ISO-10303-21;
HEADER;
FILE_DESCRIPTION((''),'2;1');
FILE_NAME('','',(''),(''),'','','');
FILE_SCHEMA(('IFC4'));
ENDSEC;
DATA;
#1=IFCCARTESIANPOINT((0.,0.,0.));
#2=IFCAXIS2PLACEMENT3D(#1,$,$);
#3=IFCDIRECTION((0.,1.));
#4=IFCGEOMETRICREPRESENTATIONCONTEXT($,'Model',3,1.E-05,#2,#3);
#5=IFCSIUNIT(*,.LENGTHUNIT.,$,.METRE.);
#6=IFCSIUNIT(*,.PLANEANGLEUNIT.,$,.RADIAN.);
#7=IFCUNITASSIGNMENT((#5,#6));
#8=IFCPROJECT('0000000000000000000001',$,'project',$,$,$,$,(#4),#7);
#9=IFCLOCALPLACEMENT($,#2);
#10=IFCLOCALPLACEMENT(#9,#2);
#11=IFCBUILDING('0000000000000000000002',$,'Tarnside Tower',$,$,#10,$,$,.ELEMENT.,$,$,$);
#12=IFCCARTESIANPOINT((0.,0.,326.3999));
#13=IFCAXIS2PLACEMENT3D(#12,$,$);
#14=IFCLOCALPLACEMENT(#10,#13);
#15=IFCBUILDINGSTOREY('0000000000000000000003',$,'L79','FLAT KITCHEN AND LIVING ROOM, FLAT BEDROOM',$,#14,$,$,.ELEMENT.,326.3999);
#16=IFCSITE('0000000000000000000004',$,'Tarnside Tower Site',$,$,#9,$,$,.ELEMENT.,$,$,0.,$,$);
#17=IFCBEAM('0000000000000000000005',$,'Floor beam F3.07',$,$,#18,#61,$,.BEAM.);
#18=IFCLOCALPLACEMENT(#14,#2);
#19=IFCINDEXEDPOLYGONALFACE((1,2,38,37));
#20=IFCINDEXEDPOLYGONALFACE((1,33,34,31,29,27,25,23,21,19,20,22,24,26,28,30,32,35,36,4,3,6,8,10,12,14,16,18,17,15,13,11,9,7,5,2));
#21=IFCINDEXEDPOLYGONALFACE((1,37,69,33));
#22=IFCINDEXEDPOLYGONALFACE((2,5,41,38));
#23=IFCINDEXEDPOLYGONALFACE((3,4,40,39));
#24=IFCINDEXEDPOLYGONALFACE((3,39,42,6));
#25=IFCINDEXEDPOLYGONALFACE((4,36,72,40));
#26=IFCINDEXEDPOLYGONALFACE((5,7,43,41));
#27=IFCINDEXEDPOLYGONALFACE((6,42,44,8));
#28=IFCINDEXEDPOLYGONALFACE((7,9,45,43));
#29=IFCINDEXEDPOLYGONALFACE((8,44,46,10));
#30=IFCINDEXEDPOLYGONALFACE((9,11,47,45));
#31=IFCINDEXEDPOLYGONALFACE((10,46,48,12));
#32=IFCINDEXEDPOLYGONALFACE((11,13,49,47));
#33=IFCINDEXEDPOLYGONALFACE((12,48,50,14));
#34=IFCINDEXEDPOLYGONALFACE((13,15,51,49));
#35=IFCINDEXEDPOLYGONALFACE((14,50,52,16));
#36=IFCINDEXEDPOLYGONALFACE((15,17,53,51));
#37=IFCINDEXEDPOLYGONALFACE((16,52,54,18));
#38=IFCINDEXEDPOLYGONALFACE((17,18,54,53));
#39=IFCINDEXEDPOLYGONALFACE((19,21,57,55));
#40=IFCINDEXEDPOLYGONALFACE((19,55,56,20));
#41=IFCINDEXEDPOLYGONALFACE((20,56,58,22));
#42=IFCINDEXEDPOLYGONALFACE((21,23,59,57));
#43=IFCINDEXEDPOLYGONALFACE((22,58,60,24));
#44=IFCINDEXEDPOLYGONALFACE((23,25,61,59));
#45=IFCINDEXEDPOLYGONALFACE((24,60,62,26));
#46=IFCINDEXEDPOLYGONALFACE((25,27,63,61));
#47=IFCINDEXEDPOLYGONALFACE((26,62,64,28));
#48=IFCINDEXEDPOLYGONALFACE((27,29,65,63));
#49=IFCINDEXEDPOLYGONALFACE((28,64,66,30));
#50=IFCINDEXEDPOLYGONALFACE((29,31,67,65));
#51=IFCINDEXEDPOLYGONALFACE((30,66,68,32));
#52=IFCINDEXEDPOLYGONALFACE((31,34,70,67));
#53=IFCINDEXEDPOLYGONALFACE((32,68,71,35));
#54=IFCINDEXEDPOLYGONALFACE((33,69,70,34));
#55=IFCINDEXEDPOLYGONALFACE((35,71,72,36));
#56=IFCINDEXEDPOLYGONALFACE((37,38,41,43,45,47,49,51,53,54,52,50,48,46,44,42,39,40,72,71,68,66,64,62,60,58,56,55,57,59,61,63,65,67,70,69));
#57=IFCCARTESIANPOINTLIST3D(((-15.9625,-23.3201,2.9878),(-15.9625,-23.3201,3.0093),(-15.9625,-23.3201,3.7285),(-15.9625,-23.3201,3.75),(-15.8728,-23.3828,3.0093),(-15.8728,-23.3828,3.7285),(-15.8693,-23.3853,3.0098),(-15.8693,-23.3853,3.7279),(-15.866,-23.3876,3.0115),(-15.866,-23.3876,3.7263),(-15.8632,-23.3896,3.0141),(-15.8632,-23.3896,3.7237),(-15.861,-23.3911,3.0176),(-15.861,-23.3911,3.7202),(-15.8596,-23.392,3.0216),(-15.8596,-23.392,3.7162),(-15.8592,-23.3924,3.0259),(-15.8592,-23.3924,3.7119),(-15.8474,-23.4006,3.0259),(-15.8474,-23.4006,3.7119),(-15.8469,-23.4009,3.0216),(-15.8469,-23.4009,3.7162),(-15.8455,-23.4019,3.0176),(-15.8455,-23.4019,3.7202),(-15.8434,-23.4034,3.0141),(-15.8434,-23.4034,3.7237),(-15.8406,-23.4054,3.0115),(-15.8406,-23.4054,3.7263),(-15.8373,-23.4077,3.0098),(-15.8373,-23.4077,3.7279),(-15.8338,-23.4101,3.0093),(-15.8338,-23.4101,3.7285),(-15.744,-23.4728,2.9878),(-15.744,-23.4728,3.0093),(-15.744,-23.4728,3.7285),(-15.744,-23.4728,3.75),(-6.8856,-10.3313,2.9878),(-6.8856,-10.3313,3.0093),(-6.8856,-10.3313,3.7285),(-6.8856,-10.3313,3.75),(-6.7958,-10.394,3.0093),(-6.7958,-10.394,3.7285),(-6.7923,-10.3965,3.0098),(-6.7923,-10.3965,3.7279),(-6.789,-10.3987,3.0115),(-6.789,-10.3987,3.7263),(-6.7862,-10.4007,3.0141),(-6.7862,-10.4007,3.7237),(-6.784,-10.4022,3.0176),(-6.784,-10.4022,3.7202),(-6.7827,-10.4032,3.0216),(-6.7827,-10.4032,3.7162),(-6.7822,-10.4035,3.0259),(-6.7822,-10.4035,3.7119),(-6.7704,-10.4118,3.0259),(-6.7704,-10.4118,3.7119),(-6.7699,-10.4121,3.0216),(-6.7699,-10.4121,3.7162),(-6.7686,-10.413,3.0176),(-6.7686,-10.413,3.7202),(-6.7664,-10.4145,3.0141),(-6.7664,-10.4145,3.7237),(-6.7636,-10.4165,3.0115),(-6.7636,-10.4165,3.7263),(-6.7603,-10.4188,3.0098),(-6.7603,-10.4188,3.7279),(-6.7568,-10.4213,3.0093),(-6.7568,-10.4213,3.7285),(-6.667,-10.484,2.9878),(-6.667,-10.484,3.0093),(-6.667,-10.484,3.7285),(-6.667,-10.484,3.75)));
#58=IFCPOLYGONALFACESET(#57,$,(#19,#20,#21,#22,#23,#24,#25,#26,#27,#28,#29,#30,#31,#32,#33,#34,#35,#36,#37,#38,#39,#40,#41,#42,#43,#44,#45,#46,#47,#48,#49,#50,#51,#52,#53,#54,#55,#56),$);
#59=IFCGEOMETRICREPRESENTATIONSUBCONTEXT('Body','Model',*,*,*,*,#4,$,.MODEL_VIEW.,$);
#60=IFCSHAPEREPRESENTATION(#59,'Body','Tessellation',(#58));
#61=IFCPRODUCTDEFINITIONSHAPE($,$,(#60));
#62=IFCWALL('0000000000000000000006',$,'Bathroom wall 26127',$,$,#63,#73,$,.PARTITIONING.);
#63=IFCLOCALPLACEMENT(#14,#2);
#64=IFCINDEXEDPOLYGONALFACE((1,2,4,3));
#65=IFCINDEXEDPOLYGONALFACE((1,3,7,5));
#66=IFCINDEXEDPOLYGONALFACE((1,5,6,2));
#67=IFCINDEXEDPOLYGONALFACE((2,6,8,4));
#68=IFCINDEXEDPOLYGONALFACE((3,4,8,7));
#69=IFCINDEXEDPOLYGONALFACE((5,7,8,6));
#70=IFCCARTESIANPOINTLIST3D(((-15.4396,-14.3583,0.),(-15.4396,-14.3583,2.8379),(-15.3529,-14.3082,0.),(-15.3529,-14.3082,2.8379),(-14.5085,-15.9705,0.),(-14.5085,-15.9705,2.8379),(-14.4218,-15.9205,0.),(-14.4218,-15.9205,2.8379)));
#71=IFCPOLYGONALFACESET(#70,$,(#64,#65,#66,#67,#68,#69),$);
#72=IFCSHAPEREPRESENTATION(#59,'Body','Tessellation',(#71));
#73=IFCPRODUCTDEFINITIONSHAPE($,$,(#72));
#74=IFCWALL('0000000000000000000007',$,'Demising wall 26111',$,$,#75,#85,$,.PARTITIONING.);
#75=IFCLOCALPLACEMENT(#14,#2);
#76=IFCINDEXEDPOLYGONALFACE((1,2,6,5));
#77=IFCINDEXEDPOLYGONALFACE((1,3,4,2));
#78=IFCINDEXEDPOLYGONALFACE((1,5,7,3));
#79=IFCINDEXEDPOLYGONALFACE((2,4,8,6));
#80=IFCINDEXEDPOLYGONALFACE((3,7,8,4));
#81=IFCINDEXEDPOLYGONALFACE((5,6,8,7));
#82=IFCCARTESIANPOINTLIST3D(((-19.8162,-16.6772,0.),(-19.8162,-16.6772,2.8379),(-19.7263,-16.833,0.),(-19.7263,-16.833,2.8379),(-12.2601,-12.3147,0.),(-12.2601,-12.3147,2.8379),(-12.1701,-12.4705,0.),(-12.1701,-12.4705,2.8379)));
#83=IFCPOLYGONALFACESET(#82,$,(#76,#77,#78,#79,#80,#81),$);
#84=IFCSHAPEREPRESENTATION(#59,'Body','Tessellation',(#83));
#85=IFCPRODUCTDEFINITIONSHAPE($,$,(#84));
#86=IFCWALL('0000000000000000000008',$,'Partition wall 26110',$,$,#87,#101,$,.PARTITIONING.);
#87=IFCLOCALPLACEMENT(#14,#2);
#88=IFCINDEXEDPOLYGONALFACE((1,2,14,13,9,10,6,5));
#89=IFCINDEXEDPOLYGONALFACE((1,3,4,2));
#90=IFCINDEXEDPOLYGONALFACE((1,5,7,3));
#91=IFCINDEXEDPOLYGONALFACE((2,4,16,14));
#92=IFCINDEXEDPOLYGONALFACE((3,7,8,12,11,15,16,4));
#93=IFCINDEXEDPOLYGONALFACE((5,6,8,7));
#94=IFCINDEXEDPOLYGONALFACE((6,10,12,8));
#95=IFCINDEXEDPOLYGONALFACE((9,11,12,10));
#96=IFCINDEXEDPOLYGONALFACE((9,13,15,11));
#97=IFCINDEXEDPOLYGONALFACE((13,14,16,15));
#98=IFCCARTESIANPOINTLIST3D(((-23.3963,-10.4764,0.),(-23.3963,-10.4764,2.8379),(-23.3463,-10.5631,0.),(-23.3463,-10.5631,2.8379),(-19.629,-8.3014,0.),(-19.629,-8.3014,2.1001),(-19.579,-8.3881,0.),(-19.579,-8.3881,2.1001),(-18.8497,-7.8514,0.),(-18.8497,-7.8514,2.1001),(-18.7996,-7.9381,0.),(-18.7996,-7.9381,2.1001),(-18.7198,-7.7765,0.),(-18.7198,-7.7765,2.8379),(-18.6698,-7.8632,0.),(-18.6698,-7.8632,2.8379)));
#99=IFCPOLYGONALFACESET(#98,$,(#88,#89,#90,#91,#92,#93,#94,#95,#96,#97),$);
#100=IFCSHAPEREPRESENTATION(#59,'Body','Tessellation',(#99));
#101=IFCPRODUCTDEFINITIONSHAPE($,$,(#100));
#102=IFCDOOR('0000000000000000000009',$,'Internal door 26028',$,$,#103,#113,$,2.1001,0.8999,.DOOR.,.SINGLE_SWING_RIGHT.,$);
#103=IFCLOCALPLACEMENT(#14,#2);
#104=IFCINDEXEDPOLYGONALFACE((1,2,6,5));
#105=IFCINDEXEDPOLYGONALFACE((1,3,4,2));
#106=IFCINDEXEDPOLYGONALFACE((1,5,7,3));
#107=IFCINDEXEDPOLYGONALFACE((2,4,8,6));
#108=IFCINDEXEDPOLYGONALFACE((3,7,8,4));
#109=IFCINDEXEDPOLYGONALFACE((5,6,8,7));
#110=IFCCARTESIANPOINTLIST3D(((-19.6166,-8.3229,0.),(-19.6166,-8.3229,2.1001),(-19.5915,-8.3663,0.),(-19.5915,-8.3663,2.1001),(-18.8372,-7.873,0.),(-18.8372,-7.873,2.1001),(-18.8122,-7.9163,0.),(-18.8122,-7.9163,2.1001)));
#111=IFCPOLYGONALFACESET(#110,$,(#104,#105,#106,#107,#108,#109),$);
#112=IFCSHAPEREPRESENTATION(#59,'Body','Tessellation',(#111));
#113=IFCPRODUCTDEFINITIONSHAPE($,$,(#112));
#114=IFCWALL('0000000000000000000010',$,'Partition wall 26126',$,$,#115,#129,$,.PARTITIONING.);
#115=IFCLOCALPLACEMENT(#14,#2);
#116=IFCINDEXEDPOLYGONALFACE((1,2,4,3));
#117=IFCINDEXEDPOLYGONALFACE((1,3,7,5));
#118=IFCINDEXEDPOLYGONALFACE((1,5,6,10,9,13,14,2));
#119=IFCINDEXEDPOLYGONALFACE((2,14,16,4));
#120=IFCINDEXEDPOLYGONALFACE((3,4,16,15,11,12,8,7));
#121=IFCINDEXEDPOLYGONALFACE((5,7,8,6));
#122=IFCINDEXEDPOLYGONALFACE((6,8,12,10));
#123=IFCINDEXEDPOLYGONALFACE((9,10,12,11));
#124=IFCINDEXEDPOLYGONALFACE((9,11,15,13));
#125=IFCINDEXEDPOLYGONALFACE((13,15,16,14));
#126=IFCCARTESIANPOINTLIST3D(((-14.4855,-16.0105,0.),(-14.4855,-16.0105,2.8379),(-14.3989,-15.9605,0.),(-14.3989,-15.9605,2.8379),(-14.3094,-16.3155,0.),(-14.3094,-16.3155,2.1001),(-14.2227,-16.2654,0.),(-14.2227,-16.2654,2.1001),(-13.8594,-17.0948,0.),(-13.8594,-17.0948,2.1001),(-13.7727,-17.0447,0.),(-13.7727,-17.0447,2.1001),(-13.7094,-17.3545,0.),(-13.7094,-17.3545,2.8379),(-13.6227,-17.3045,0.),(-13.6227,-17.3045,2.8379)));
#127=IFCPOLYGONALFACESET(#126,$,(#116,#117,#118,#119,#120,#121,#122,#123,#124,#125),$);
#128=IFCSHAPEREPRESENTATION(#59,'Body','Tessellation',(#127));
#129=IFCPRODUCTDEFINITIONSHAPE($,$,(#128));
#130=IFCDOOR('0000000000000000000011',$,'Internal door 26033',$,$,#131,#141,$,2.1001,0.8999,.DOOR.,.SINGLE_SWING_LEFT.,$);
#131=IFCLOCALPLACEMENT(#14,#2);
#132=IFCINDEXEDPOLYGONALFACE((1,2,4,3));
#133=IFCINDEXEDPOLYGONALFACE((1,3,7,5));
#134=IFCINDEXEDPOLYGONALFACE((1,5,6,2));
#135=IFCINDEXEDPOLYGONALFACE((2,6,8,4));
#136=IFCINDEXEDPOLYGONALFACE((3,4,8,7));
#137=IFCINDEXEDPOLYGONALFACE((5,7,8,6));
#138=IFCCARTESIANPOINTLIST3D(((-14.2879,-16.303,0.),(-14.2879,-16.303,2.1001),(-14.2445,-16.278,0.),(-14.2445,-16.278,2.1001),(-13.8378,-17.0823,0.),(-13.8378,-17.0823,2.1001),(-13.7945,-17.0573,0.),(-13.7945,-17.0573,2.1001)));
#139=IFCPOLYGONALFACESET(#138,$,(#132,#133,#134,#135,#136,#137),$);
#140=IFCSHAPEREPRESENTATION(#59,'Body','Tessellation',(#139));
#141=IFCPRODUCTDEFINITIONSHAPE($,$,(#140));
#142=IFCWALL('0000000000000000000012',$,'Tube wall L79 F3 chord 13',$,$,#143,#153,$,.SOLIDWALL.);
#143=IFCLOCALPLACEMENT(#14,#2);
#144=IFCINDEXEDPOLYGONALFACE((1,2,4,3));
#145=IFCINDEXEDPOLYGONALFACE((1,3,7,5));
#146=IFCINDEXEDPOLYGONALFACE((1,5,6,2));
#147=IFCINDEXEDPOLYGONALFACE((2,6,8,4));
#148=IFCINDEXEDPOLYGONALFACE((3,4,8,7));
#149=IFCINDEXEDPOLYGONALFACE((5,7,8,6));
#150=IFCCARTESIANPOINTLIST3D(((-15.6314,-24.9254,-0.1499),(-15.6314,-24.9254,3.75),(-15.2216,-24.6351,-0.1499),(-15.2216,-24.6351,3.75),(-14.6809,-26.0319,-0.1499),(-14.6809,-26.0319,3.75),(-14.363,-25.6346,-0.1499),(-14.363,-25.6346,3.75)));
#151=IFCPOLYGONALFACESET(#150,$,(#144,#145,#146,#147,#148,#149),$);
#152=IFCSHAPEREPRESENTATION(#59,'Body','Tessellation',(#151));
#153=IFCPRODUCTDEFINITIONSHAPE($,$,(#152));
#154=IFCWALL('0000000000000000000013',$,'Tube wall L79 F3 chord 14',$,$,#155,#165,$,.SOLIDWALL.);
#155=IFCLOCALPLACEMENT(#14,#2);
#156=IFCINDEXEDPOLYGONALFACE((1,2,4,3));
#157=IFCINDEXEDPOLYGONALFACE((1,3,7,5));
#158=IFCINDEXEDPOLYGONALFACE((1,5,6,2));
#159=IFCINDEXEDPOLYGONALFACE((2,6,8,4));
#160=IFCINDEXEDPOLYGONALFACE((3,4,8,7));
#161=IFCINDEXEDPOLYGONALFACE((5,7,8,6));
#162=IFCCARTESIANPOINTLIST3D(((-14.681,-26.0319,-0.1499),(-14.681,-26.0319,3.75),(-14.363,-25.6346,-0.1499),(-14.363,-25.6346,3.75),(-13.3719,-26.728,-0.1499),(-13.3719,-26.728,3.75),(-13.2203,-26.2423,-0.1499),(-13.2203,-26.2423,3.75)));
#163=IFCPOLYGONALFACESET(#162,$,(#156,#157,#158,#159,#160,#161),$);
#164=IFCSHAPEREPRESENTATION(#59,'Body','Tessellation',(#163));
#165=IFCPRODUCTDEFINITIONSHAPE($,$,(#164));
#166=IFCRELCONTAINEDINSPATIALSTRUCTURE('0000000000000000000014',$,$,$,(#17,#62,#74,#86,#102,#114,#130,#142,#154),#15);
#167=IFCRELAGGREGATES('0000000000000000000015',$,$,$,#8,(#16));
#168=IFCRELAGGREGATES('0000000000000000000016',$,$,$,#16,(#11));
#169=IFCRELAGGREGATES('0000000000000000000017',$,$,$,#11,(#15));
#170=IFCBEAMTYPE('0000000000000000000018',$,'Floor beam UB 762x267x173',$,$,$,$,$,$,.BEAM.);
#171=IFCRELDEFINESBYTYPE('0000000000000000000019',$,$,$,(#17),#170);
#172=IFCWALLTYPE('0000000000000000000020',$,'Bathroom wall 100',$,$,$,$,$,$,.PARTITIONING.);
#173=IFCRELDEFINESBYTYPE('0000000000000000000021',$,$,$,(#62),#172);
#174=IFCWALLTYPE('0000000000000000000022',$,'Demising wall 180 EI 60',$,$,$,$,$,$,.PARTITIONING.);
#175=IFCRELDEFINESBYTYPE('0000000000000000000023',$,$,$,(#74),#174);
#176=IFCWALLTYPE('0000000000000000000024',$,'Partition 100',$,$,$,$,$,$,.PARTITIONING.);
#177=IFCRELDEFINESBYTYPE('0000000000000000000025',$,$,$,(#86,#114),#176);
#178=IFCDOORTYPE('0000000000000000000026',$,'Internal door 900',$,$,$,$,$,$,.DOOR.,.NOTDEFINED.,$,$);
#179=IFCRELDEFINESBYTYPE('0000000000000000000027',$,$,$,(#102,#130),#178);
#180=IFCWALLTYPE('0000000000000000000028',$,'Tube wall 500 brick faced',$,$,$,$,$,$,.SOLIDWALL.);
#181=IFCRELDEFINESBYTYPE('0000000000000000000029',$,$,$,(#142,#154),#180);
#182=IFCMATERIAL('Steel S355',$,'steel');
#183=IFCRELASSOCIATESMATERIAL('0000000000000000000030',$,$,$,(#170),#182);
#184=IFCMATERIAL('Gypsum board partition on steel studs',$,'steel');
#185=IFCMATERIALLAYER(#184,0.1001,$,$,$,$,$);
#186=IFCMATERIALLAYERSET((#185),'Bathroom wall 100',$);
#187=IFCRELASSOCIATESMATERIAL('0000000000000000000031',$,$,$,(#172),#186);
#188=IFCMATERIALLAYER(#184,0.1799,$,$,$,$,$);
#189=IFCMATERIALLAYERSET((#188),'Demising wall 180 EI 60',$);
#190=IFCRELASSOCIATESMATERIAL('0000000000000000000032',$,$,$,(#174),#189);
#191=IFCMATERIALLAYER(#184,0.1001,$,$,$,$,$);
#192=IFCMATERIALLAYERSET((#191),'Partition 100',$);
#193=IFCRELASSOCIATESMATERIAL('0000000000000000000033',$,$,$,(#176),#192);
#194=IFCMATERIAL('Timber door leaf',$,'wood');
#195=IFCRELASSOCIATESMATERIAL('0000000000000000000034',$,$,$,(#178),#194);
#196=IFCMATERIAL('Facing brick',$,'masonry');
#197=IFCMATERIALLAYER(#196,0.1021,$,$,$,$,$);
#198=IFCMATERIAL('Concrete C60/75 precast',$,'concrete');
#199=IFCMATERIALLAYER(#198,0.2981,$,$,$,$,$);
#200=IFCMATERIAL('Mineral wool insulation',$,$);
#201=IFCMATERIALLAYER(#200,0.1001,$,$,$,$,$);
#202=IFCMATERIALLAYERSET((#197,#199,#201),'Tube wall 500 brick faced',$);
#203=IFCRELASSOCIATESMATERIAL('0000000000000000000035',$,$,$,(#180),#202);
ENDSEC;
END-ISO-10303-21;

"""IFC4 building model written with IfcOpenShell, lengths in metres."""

from ifc_helpers import new_model, si_unit, direction, frame, frame_2d, origin, origin_2d, place, context, subcontext, project, spatial, polyline, rectangle, i_section, outline, extrude, material, layer, layer_set, material_profile, profile_set, type_object, element, fill, save


model = new_model("IFC4")

# Units and contexts
model_context = context("Model", 3, precision=1e-05, world=origin(), true_north=direction((0.0, 1.0)))
body_context = subcontext(model_context, "Body", "Model", "MODEL_VIEW")
ifc_project = project(units=[si_unit("LENGTHUNIT", "METRE"), si_unit("PLANEANGLEUNIT", "RADIAN")], contexts=[model_context])

# Site, building, storey
site_placement = place(None, origin())
site = spatial("IfcSite", under=ifc_project, at=site_placement, Name="Tarnside Tower Site", CompositionType="ELEMENT", RefElevation=0.0)
building_placement = place(site_placement, origin())
building = spatial("IfcBuilding", under=site, at=building_placement, Name="Tarnside Tower", CompositionType="ELEMENT")
storey_placement = place(building_placement, frame((0.0, 0.0, 326.3999)))
storey = spatial("IfcBuildingStorey", under=building, at=storey_placement, Name="L79", Description="FLAT KITCHEN AND LIVING ROOM, FLAT BEDROOM", CompositionType="ELEMENT", Elevation=326.3999)

# Beam
ifc_material_1 = material(Name="Steel S355", Category="steel")
ifc_material_profile_1 = material_profile(ifc_material_1, i_section(OverallWidth=0.2666, OverallDepth=0.7622, WebThickness=0.0144, FlangeThickness=0.0215, FilletRadius=0.0166, at=origin_2d()), Name="UB 762x267x173")
ifc_profile_set_1 = profile_set([ifc_material_profile_1], Name="Steel S355")
beam_type_1 = type_object("IfcBeamType", Name="Floor beam UB 762x267x173", PredefinedType="BEAM", material=ifc_profile_set_1)
beam_1_placement = place(storey_placement, frame((-15.8533, -23.3965, 3.3689), z_axis=(0.572817, 0.819683, 0.0), x_axis=(-0.819683, 0.572817, 0.0)))
element("IfcBeam", 1, at=beam_1_placement, inside=storey, type_object=beam_type_1, Name="Floor beam F3.07", PredefinedType="BEAM", context=body_context, shape_type="SweptSolid", body=[
    extrude(i_section(OverallWidth=0.2666, OverallDepth=0.7622, WebThickness=0.0144, FlangeThickness=0.0215, FilletRadius=0.0166, at=origin_2d()), origin(), (0.0, 0.0, 1.0), 15.8462),
])

# Walls
ifc_material_2 = material(Name="Gypsum board partition on steel studs", Category="steel")
ifc_layer_1 = layer(ifc_material_2, 0.1001)
ifc_layer_set_1 = layer_set([ifc_layer_1], Name="Bathroom wall 100")
wall_type_1 = type_object("IfcWallType", Name="Bathroom wall 100", PredefinedType="PARTITIONING", material=ifc_layer_set_1)
wall_1_placement = place(storey_placement, frame((-15.3962, -14.3333, 0.0), z_axis=(0.0, 0.0, 1.0), x_axis=(0.500116, -0.865958, 0.0)))
element("IfcWall", 2, at=wall_1_placement, inside=storey, type_object=wall_type_1, Name="Bathroom wall 26127", PredefinedType="PARTITIONING", context=body_context, shape_type="SweptSolid", body=[
    extrude(rectangle(XDim=1.8618, YDim=0.1001, at=frame_2d((0.9309, 0.0))), origin(), (0.0, 0.0, 1.0), 2.8379),
])
ifc_layer_2 = layer(ifc_material_2, 0.1799)
ifc_layer_set_2 = layer_set([ifc_layer_2], Name="Demising wall 180 EI 60")
wall_type_2 = type_object("IfcWallType", Name="Demising wall 180 EI 60", PredefinedType="PARTITIONING", material=ifc_layer_set_2)
wall_2_placement = place(storey_placement, frame((-19.7712, -16.7551, 0.0), z_axis=(0.0, 0.0, 1.0), x_axis=(0.866025, 0.5, 0.0)))
element("IfcWall", 3, at=wall_2_placement, inside=storey, type_object=wall_type_2, Name="Demising wall 26111", PredefinedType="PARTITIONING", context=body_context, shape_type="SweptSolid", body=[
    extrude(rectangle(XDim=8.7251, YDim=0.1799, at=frame_2d((4.3625, 0.0))), origin(), (0.0, 0.0, 1.0), 2.8379),
])

# Walls, openings, doors
ifc_layer_3 = layer(ifc_material_2, 0.1001)
ifc_layer_set_3 = layer_set([ifc_layer_3], Name="Partition 100")
wall_type_3 = type_object("IfcWallType", Name="Partition 100", PredefinedType="PARTITIONING", material=ifc_layer_set_3)
wall_3_placement = place(storey_placement, frame((-18.6948, -7.8198, 0.0), z_axis=(0.0, 0.0, 1.0), x_axis=(-0.866028, -0.499995, 0.0)))
wall_3 = element("IfcWall", 4, at=wall_3_placement, inside=storey, type_object=wall_type_3, Name="Partition wall 26110", PredefinedType="PARTITIONING", context=body_context, shape_type="SweptSolid", body=[
    extrude(rectangle(XDim=5.3999, YDim=0.1001, at=frame_2d((2.7, 0.0))), origin(), (0.0, 0.0, 1.0), 2.8379),
])
opening_1_placement = place(wall_3_placement, frame((0.1499, 0.0, 0.0)))
opening_1 = element("IfcOpeningElement", 5, at=opening_1_placement, cuts=wall_3, PredefinedType="OPENING", context=body_context, shape_type="SweptSolid", body=[
    extrude(rectangle(XDim=0.8999, YDim=2.1001, at=frame_2d((0.45, 1.05))), frame((0.0, 0.0601, 0.0), z_axis=(0.0, -1.0, 0.0), x_axis=(1.0, 0.0, 0.0)), (0.0, 0.0, 1.0), 0.1201),
])
ifc_material_3 = material(Name="Timber door leaf", Category="wood")
door_type = type_object("IfcDoorType", Name="Internal door 900", OperationType="NOTDEFINED", PredefinedType="DOOR", material=ifc_material_3)
door_1_placement = place(opening_1_placement, origin())
door_1 = element("IfcDoor", 6, at=door_1_placement, inside=storey, type_object=door_type, Name="Internal door 26028", OperationType="SINGLE_SWING_RIGHT", OverallHeight=2.1001, OverallWidth=0.8999, PredefinedType="DOOR", context=body_context, shape_type="SweptSolid", body=[
    extrude(rectangle(XDim=0.8999, YDim=2.1001, at=frame_2d((0.45, 1.05))), frame((0.0, 0.0249, 0.0), z_axis=(0.0, -1.0, 0.0), x_axis=(1.0, 0.0, 0.0)), (0.0, 0.0, 1.0), 0.05),
])
fill(opening_1, door_1)
wall_4_placement = place(storey_placement, frame((-14.4421, -15.9856, 0.0), z_axis=(0.0, 0.0, 1.0), x_axis=(0.500081, -0.865979, 0.0)))
wall_4 = element("IfcWall", 7, at=wall_4_placement, inside=storey, type_object=wall_type_3, Name="Partition wall 26126", PredefinedType="PARTITIONING", context=body_context, shape_type="SweptSolid", body=[
    extrude(rectangle(XDim=1.552, YDim=0.1001, at=frame_2d((0.7759, 0.0))), origin(), (0.0, 0.0, 1.0), 2.8379),
])
opening_2_placement = place(wall_4_placement, frame((0.3521, 0.0, 0.0)))
opening_2 = element("IfcOpeningElement", 8, at=opening_2_placement, cuts=wall_4, PredefinedType="OPENING", context=body_context, shape_type="SweptSolid", body=[
    extrude(rectangle(XDim=0.8999, YDim=2.1001, at=frame_2d((0.45, 1.05))), frame((0.0, 0.0601, 0.0), z_axis=(0.0, -1.0, 0.0), x_axis=(1.0, 0.0, 0.0)), (0.0, 0.0, 1.0), 0.1201),
])
door_2_placement = place(opening_2_placement, origin())
door_2 = element("IfcDoor", 9, at=door_2_placement, inside=storey, type_object=door_type, Name="Internal door 26033", OperationType="SINGLE_SWING_LEFT", OverallHeight=2.1001, OverallWidth=0.8999, PredefinedType="DOOR", context=body_context, shape_type="SweptSolid", body=[
    extrude(rectangle(XDim=0.8999, YDim=2.1001, at=frame_2d((0.45, 1.05))), frame((0.0, 0.0249, 0.0), z_axis=(0.0, -1.0, 0.0), x_axis=(1.0, 0.0, 0.0)), (0.0, 0.0, 1.0), 0.05),
])
fill(opening_2, door_2)

# Walls
ifc_material_4 = material(Name="Facing brick", Category="masonry")
ifc_layer_4 = layer(ifc_material_4, 0.1021)
ifc_material_5 = material(Name="Concrete C60/75 precast", Category="concrete")
ifc_layer_5 = layer(ifc_material_5, 0.2981)
ifc_material_6 = material(Name="Mineral wool insulation")
ifc_layer_6 = layer(ifc_material_6, 0.1001)
ifc_layer_set_4 = layer_set([ifc_layer_4, ifc_layer_5, ifc_layer_6], Name="Tube wall 500 brick faced")
wall_type_4 = type_object("IfcWallType", Name="Tube wall 500 brick faced", PredefinedType="SOLIDWALL", material=ifc_layer_set_4)
wall_5_placement = place(storey_placement, frame((-15.4265, -24.7803, -0.1499), z_axis=(0.0, 0.0, 1.0), x_axis=(0.651617, -0.758549, 0.0)))
element("IfcWall", 10, at=wall_5_placement, inside=storey, type_object=wall_type_4, Name="Tube wall L79 F3 chord 13", PredefinedType="SOLIDWALL", context=body_context, shape_type="SweptSolid", body=[
    extrude(outline(polyline([(-0.0234, -0.25), (1.4353, -0.25), (1.3411, 0.25), (0.0234, 0.25), (-0.0234, -0.25)])), origin(), (0.0, 0.0, 1.0), 3.8999),
])
wall_6_placement = place(storey_placement, frame((-14.522, -25.8333, -0.1499), z_axis=(0.0, 0.0, 1.0), x_axis=(0.882927, -0.469511, 0.0)))
element("IfcWall", 11, at=wall_6_placement, inside=storey, type_object=wall_type_4, Name="Tube wall L79 F3 chord 14", PredefinedType="SOLIDWALL", context=body_context, shape_type="SweptSolid", body=[
    extrude(outline(polyline([(-0.0471, -0.25), (1.4355, -0.25), (1.3413, 0.25), (0.0471, 0.25), (-0.0471, -0.25)])), origin(), (0.0, 0.0, 1.0), 3.8999),
])

save(model, "model.ifc")
